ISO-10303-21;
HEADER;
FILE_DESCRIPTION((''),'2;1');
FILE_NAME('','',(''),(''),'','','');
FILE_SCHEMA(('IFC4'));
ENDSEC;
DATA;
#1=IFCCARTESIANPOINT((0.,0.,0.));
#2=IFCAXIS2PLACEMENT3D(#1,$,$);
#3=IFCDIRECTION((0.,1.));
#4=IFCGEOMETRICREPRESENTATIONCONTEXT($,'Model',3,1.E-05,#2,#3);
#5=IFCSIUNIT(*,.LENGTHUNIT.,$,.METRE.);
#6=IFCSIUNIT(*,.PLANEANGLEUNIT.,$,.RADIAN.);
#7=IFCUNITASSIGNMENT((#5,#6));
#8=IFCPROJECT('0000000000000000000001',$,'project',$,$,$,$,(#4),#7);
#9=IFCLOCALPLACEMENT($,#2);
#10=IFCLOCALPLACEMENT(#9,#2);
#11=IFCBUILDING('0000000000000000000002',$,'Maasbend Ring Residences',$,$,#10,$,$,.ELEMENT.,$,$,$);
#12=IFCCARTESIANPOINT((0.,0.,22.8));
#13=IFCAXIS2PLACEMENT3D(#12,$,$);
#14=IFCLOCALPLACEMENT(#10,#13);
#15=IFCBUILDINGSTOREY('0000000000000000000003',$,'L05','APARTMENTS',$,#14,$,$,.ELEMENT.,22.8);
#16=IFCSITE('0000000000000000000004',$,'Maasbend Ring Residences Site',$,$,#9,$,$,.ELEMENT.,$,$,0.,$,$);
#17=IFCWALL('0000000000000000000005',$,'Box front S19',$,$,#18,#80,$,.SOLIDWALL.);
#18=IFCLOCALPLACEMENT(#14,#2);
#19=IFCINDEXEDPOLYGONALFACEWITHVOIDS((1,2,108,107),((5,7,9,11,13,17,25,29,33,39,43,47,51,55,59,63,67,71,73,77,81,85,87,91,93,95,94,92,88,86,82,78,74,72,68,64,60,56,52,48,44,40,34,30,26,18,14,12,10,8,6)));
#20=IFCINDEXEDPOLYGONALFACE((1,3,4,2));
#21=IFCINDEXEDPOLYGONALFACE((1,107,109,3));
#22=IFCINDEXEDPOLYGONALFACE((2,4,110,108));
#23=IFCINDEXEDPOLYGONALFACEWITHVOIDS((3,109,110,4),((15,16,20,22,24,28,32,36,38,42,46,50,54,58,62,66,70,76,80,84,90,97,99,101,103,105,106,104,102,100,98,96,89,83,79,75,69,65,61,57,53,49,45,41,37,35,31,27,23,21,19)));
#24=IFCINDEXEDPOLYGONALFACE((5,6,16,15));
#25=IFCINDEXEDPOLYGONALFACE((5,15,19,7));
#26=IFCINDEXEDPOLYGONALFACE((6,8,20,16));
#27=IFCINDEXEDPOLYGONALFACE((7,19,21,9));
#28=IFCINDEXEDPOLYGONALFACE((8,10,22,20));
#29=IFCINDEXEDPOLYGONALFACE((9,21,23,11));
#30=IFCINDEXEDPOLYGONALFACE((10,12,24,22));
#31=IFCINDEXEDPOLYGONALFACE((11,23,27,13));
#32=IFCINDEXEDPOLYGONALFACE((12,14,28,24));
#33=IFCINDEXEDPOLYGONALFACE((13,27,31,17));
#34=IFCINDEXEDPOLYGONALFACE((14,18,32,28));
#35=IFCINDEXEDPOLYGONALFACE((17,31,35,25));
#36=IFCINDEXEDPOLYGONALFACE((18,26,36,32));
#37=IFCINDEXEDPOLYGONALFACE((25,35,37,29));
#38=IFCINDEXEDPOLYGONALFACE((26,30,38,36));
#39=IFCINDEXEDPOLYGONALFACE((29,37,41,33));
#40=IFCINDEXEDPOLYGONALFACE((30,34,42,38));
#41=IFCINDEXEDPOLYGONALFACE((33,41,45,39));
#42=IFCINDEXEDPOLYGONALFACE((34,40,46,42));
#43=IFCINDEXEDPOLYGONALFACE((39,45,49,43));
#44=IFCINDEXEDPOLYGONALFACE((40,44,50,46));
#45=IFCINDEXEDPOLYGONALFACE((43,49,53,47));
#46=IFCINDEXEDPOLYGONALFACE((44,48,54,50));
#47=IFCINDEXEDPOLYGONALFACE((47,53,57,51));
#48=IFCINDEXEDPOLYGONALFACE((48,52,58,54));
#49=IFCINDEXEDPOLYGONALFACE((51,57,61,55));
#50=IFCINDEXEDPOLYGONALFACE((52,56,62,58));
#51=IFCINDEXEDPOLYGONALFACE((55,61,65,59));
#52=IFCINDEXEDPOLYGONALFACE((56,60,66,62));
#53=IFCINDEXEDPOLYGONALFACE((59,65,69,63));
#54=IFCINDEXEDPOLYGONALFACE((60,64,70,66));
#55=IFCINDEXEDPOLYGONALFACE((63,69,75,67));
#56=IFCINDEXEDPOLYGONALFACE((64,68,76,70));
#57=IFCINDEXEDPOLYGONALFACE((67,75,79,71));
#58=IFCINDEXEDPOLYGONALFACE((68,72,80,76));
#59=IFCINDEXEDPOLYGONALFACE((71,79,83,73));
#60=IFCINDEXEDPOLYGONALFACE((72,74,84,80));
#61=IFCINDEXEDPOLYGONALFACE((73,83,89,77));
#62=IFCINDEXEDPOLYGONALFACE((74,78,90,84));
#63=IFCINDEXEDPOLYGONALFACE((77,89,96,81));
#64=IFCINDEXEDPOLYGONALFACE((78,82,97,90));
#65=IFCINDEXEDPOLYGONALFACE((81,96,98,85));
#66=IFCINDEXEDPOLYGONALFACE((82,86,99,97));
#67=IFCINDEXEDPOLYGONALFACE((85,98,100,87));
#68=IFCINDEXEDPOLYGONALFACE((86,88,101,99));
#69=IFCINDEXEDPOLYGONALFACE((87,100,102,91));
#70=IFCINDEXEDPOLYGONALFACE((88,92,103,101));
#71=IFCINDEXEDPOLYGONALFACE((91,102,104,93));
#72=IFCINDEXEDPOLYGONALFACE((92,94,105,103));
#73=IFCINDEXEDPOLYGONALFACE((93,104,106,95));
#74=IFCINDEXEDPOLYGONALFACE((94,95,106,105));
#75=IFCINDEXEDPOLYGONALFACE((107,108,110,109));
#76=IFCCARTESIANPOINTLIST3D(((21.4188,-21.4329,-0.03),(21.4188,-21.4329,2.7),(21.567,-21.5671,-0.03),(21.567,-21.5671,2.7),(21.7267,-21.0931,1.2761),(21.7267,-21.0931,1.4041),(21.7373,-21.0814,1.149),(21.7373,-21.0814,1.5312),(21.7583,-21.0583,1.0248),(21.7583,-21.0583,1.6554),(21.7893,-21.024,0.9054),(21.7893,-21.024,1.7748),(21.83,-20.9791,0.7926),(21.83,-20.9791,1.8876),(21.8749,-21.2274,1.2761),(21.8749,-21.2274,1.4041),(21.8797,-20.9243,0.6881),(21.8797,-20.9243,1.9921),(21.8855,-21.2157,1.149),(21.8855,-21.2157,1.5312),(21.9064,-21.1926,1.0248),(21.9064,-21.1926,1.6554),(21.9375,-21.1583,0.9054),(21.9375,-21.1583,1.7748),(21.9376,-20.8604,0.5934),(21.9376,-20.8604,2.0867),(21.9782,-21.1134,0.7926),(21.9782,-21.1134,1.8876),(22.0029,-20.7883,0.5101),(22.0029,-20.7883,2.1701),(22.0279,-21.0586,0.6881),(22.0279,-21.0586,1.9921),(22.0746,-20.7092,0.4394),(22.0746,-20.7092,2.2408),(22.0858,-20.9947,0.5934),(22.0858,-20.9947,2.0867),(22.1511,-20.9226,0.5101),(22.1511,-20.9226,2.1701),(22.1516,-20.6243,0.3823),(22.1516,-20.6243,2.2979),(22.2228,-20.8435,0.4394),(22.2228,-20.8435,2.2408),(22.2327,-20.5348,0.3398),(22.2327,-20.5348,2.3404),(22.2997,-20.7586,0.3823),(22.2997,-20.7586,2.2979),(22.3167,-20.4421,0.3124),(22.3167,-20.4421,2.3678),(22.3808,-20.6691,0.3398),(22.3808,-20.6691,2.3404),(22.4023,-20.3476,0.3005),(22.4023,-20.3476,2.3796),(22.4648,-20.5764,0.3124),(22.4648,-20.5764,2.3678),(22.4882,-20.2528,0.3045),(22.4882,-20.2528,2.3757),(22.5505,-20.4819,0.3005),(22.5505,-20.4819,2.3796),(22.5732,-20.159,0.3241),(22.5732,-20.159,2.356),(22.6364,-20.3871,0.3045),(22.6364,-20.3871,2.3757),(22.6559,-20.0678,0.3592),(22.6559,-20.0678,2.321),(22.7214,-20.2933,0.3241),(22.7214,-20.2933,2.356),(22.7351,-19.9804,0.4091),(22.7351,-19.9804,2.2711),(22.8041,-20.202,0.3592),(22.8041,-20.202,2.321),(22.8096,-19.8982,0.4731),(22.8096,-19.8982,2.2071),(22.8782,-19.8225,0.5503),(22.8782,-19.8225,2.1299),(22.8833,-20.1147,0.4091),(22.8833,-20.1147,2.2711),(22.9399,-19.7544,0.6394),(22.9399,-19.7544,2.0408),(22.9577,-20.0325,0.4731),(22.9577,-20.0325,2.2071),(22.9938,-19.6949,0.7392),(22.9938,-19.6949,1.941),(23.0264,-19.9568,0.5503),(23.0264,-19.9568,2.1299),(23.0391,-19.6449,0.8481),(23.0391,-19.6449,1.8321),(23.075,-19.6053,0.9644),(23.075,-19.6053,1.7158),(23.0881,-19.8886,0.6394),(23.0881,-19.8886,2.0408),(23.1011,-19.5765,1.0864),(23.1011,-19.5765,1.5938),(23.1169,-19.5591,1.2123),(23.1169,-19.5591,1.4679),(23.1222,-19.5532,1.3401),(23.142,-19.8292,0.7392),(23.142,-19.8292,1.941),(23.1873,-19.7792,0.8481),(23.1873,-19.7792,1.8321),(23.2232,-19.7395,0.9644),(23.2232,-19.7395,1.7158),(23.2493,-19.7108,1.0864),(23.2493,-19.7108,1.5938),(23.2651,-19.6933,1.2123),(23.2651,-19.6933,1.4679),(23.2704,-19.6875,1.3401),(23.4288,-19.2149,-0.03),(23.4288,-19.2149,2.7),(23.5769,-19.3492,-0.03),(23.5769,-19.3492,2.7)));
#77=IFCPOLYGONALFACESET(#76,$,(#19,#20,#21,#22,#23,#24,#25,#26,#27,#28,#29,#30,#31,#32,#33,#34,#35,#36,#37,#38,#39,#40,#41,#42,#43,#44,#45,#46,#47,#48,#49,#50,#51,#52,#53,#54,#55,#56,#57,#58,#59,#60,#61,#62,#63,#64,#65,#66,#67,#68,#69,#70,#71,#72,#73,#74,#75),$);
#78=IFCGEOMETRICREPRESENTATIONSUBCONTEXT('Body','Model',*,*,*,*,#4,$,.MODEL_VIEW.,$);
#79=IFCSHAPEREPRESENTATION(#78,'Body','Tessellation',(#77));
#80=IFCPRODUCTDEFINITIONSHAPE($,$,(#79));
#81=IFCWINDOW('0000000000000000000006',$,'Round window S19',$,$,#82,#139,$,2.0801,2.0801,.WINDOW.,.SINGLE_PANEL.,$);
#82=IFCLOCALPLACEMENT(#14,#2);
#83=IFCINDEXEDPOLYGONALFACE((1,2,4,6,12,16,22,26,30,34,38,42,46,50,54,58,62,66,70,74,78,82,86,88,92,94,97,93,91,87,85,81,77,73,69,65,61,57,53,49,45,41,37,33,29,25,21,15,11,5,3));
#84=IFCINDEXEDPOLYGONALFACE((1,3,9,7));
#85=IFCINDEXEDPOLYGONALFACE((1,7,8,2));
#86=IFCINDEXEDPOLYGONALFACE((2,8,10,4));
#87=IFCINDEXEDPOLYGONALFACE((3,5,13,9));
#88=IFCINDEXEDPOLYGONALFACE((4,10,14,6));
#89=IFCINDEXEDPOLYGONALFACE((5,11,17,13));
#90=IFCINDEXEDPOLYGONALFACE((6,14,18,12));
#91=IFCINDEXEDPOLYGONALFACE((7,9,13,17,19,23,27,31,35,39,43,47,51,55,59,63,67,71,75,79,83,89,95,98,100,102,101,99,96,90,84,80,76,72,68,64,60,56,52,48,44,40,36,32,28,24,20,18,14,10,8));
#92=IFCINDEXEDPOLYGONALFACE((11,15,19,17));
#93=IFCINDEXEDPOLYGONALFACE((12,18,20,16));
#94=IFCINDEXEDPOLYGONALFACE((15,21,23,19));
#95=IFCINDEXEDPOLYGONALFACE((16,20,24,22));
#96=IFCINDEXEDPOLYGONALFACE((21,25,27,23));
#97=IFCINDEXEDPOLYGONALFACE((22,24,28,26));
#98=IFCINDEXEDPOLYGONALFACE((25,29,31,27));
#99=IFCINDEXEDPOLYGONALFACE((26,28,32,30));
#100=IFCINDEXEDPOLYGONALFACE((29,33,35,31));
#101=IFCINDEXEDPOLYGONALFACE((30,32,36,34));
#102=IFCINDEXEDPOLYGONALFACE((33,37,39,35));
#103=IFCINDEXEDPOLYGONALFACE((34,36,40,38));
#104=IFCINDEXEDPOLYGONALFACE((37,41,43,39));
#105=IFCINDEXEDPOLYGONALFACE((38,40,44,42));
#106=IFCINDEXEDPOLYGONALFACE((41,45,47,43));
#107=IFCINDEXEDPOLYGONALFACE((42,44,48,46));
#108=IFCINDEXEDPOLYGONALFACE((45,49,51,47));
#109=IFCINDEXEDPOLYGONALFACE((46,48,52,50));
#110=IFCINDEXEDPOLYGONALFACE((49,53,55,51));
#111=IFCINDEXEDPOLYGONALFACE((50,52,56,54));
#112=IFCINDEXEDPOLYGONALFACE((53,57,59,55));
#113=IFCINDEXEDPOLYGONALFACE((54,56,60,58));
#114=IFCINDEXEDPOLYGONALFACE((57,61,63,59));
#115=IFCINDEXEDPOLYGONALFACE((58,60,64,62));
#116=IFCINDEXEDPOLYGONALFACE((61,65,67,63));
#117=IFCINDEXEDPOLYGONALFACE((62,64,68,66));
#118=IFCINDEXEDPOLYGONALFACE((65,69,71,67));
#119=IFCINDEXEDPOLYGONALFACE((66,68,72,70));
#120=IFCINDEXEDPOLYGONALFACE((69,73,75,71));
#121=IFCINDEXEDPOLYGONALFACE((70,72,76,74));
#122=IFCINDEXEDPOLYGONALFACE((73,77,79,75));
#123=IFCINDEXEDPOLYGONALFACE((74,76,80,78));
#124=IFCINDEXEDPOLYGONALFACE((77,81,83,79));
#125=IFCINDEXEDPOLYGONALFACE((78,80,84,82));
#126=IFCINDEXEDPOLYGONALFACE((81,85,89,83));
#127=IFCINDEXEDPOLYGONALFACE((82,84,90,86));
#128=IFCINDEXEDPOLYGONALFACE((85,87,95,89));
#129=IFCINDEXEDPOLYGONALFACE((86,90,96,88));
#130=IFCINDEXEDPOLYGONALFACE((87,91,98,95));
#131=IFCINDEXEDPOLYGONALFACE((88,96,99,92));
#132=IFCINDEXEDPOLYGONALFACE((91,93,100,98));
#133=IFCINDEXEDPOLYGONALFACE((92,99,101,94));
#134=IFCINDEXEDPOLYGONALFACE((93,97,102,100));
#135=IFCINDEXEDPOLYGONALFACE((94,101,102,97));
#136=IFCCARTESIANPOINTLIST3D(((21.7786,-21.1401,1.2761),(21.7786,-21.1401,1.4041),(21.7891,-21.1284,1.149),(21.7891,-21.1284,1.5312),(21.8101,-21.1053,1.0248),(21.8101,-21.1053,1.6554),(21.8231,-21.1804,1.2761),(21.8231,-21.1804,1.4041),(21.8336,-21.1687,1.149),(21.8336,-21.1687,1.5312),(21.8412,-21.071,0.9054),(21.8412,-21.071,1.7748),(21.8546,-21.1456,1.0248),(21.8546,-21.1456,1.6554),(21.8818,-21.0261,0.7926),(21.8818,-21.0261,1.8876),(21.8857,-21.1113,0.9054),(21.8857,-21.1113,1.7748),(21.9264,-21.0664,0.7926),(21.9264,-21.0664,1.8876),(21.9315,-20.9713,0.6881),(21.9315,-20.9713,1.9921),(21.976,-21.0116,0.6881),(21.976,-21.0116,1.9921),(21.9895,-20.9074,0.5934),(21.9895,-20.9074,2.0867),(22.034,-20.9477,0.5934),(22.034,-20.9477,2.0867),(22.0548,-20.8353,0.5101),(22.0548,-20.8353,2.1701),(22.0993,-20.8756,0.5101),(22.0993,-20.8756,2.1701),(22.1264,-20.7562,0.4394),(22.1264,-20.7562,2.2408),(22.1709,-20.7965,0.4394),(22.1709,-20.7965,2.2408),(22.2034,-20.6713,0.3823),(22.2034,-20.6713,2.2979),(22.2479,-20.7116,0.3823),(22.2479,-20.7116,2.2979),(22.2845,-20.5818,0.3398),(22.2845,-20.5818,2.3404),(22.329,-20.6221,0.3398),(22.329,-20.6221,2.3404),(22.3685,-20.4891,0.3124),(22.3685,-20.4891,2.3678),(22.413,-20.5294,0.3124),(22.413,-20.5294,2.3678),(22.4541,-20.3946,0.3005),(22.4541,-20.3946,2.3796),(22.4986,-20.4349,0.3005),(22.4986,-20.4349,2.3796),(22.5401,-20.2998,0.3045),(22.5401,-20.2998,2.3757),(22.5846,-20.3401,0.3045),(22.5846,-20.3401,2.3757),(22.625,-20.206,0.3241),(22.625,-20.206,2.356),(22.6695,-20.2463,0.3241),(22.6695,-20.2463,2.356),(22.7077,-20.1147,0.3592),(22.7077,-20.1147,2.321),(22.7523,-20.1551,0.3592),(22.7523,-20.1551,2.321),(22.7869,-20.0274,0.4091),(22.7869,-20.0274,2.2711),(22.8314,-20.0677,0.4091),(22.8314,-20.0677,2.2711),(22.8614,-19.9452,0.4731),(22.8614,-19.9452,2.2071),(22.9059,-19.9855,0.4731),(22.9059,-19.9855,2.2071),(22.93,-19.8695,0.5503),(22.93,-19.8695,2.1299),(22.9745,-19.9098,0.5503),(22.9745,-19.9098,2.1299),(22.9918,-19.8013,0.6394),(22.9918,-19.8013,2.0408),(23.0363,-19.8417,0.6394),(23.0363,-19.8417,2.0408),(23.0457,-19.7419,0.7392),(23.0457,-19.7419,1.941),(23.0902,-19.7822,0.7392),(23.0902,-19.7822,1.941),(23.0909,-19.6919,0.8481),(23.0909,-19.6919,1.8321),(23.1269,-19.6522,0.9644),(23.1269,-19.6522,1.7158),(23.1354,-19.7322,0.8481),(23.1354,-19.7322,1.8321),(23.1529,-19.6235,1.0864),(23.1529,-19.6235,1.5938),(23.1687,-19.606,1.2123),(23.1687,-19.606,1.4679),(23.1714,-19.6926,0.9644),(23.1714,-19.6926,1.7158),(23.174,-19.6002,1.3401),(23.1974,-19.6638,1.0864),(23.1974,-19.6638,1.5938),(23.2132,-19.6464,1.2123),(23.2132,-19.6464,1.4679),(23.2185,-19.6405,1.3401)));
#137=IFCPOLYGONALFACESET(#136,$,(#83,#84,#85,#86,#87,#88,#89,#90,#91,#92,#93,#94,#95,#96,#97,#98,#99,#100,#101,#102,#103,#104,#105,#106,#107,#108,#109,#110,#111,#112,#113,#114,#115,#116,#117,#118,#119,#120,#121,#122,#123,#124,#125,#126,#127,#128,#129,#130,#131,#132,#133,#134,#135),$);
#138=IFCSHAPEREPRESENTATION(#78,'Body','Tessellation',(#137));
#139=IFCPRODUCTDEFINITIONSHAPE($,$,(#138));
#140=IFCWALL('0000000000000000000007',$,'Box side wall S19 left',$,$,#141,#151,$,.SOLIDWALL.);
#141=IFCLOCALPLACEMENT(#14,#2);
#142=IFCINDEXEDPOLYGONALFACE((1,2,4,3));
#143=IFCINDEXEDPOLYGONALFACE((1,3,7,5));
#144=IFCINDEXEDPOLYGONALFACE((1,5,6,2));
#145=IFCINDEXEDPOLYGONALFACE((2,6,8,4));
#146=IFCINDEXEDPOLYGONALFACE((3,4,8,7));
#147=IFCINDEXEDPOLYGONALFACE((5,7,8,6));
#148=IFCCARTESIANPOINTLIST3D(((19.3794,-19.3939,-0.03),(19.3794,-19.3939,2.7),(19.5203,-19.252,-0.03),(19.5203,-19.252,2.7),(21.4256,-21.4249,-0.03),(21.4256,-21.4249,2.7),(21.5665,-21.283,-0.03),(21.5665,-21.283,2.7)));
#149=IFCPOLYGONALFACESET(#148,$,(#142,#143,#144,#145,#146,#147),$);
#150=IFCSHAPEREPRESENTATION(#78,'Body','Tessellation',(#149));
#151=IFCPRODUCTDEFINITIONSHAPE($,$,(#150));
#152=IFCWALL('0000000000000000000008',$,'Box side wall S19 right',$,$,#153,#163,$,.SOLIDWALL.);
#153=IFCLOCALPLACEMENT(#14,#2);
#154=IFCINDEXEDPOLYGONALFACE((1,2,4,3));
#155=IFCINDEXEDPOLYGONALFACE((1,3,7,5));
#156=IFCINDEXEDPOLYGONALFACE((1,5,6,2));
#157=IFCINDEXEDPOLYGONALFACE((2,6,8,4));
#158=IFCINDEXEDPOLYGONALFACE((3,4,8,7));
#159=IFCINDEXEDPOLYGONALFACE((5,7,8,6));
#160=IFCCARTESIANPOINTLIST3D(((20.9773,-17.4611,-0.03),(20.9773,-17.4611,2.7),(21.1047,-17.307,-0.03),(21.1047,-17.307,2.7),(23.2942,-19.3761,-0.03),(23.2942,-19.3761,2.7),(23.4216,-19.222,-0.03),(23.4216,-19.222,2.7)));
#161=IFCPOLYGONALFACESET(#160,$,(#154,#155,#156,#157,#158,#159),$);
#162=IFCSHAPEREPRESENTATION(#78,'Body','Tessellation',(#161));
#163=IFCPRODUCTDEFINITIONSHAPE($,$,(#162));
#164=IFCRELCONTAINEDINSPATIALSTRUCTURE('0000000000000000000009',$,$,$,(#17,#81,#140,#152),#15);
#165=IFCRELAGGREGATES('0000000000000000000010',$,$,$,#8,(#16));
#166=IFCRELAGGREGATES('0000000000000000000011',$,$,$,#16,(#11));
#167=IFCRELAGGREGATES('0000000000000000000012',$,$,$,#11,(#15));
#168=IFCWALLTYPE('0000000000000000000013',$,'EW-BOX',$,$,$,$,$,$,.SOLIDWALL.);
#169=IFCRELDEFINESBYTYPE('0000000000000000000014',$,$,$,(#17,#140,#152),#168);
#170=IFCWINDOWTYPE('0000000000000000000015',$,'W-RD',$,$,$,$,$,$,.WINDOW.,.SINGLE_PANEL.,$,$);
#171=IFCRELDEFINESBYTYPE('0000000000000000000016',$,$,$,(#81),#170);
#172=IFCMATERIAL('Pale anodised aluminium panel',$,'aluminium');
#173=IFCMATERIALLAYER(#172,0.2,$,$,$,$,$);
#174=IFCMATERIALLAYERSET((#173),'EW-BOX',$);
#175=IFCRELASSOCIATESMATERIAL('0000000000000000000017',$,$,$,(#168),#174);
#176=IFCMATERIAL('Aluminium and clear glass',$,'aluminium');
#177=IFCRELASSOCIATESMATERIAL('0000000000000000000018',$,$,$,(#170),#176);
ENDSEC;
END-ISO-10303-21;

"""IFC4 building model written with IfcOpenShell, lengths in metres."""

from ifc_helpers import new_model, si_unit, direction, frame, frame_2d, origin, place, context, subcontext, project, spatial, rectangle, circle, extrude, material, layer, layer_set, type_object, element, fill, save


model = new_model("IFC4")

# Units and contexts
model_context = context("Model", 3, precision=1e-05, world=origin(), true_north=direction((0.0, 1.0)))
body_context = subcontext(model_context, "Body", "Model", "MODEL_VIEW")
ifc_project = project(units=[si_unit("LENGTHUNIT", "METRE"), si_unit("PLANEANGLEUNIT", "RADIAN")], contexts=[model_context])

# Site, building, storey
site_placement = place(None, origin())
site = spatial("IfcSite", under=ifc_project, at=site_placement, Name="Maasbend Ring Residences Site", CompositionType="ELEMENT", RefElevation=0.0)
building_placement = place(site_placement, origin())
building = spatial("IfcBuilding", under=site, at=building_placement, Name="Maasbend Ring Residences", CompositionType="ELEMENT")
storey_placement = place(building_placement, frame((0.0, 0.0, 22.8)))
storey = spatial("IfcBuildingStorey", under=building, at=storey_placement, Name="L05", Description="APARTMENTS", CompositionType="ELEMENT", Elevation=22.8)

# Shared definitions
ifc_material_1 = material(Name="Pale anodised aluminium panel", Category="aluminium")
ifc_layer_1 = layer(ifc_material_1, 0.2)
ifc_layer_set_1 = layer_set([ifc_layer_1], Name="EW-BOX")
wall_type_1 = type_object("IfcWallType", Name="EW-BOX", PredefinedType="SOLIDWALL", material=ifc_layer_set_1)
ifc_material_2 = material(Name="Aluminium and clear glass", Category="aluminium")
window_type_1 = type_object("IfcWindowType", Name="W-RD", PartitioningType="SINGLE_PANEL", PredefinedType="WINDOW", material=ifc_material_2)

# Wall, opening, window
wall_1_placement = place(storey_placement, frame((21.4929, -21.5, -0.03), z_axis=(0.0, 0.0, 1.0), x_axis=(0.671507, 0.740998, 0.0)))
wall_1 = element("IfcWall", 1, at=wall_1_placement, inside=storey, type_object=wall_type_1, Name="Box front S19", PredefinedType="SOLIDWALL", context=body_context, shape_type="SweptSolid", body=[
    extrude(rectangle(XDim=2.9932, YDim=0.2, at=frame_2d((1.4966, 0.0))), origin(), (0.0, 0.0, 1.0), 2.73),
])
opening_1_placement = place(wall_1_placement, frame((0.4565, 0.0, 0.3301)))
opening_1 = element("IfcOpeningElement", 2, at=opening_1_placement, cuts=wall_1, PredefinedType="OPENING", context=body_context, shape_type="SweptSolid", body=[
    extrude(circle(Radius=1.04, at=frame_2d((1.04, 1.04))), frame((0.0, 0.1099, 0.0), z_axis=(0.0, -1.0, 0.0), x_axis=(1.0, 0.0, 0.0)), (0.0, 0.0, 1.0), 0.22),
])
window_1_placement = place(opening_1_placement, origin())
window_1 = element("IfcWindow", 3, at=window_1_placement, inside=storey, type_object=window_type_1, Name="Round window S19", OverallHeight=2.0801, OverallWidth=2.0801, PartitioningType="SINGLE_PANEL", PredefinedType="WINDOW", context=body_context, shape_type="SweptSolid", body=[
    extrude(circle(Radius=1.04, at=frame_2d((1.04, 1.04))), frame((0.0, 0.03, 0.0), z_axis=(0.0, -1.0, 0.0), x_axis=(1.0, 0.0, 0.0)), (0.0, 0.0, 1.0), 0.0601),
])
fill(opening_1, window_1)

# Walls
wall_2_placement = place(storey_placement, frame((19.45, -19.323, -0.03), z_axis=(0.0, 0.0, 1.0), x_axis=(0.709727, -0.704477, 0.0)))
element("IfcWall", 4, at=wall_2_placement, inside=storey, type_object=wall_type_1, Name="Box side wall S19 left", PredefinedType="SOLIDWALL", context=body_context, shape_type="SweptSolid", body=[
    extrude(rectangle(XDim=2.8831, YDim=0.2, at=frame_2d((1.4414, 0.0))), origin(), (0.0, 0.0, 1.0), 2.73),
])
wall_3_placement = place(storey_placement, frame((21.041, -17.384, -0.03), z_axis=(0.0, 0.0, 1.0), x_axis=(0.770785, -0.637096, 0.0)))
element("IfcWall", 5, at=wall_3_placement, inside=storey, type_object=wall_type_1, Name="Box side wall S19 right", PredefinedType="SOLIDWALL", context=body_context, shape_type="SweptSolid", body=[
    extrude(rectangle(XDim=3.0059, YDim=0.2, at=frame_2d((1.5029, 0.0))), origin(), (0.0, 0.0, 1.0), 2.73),
])

save(model, "model.ifc")
